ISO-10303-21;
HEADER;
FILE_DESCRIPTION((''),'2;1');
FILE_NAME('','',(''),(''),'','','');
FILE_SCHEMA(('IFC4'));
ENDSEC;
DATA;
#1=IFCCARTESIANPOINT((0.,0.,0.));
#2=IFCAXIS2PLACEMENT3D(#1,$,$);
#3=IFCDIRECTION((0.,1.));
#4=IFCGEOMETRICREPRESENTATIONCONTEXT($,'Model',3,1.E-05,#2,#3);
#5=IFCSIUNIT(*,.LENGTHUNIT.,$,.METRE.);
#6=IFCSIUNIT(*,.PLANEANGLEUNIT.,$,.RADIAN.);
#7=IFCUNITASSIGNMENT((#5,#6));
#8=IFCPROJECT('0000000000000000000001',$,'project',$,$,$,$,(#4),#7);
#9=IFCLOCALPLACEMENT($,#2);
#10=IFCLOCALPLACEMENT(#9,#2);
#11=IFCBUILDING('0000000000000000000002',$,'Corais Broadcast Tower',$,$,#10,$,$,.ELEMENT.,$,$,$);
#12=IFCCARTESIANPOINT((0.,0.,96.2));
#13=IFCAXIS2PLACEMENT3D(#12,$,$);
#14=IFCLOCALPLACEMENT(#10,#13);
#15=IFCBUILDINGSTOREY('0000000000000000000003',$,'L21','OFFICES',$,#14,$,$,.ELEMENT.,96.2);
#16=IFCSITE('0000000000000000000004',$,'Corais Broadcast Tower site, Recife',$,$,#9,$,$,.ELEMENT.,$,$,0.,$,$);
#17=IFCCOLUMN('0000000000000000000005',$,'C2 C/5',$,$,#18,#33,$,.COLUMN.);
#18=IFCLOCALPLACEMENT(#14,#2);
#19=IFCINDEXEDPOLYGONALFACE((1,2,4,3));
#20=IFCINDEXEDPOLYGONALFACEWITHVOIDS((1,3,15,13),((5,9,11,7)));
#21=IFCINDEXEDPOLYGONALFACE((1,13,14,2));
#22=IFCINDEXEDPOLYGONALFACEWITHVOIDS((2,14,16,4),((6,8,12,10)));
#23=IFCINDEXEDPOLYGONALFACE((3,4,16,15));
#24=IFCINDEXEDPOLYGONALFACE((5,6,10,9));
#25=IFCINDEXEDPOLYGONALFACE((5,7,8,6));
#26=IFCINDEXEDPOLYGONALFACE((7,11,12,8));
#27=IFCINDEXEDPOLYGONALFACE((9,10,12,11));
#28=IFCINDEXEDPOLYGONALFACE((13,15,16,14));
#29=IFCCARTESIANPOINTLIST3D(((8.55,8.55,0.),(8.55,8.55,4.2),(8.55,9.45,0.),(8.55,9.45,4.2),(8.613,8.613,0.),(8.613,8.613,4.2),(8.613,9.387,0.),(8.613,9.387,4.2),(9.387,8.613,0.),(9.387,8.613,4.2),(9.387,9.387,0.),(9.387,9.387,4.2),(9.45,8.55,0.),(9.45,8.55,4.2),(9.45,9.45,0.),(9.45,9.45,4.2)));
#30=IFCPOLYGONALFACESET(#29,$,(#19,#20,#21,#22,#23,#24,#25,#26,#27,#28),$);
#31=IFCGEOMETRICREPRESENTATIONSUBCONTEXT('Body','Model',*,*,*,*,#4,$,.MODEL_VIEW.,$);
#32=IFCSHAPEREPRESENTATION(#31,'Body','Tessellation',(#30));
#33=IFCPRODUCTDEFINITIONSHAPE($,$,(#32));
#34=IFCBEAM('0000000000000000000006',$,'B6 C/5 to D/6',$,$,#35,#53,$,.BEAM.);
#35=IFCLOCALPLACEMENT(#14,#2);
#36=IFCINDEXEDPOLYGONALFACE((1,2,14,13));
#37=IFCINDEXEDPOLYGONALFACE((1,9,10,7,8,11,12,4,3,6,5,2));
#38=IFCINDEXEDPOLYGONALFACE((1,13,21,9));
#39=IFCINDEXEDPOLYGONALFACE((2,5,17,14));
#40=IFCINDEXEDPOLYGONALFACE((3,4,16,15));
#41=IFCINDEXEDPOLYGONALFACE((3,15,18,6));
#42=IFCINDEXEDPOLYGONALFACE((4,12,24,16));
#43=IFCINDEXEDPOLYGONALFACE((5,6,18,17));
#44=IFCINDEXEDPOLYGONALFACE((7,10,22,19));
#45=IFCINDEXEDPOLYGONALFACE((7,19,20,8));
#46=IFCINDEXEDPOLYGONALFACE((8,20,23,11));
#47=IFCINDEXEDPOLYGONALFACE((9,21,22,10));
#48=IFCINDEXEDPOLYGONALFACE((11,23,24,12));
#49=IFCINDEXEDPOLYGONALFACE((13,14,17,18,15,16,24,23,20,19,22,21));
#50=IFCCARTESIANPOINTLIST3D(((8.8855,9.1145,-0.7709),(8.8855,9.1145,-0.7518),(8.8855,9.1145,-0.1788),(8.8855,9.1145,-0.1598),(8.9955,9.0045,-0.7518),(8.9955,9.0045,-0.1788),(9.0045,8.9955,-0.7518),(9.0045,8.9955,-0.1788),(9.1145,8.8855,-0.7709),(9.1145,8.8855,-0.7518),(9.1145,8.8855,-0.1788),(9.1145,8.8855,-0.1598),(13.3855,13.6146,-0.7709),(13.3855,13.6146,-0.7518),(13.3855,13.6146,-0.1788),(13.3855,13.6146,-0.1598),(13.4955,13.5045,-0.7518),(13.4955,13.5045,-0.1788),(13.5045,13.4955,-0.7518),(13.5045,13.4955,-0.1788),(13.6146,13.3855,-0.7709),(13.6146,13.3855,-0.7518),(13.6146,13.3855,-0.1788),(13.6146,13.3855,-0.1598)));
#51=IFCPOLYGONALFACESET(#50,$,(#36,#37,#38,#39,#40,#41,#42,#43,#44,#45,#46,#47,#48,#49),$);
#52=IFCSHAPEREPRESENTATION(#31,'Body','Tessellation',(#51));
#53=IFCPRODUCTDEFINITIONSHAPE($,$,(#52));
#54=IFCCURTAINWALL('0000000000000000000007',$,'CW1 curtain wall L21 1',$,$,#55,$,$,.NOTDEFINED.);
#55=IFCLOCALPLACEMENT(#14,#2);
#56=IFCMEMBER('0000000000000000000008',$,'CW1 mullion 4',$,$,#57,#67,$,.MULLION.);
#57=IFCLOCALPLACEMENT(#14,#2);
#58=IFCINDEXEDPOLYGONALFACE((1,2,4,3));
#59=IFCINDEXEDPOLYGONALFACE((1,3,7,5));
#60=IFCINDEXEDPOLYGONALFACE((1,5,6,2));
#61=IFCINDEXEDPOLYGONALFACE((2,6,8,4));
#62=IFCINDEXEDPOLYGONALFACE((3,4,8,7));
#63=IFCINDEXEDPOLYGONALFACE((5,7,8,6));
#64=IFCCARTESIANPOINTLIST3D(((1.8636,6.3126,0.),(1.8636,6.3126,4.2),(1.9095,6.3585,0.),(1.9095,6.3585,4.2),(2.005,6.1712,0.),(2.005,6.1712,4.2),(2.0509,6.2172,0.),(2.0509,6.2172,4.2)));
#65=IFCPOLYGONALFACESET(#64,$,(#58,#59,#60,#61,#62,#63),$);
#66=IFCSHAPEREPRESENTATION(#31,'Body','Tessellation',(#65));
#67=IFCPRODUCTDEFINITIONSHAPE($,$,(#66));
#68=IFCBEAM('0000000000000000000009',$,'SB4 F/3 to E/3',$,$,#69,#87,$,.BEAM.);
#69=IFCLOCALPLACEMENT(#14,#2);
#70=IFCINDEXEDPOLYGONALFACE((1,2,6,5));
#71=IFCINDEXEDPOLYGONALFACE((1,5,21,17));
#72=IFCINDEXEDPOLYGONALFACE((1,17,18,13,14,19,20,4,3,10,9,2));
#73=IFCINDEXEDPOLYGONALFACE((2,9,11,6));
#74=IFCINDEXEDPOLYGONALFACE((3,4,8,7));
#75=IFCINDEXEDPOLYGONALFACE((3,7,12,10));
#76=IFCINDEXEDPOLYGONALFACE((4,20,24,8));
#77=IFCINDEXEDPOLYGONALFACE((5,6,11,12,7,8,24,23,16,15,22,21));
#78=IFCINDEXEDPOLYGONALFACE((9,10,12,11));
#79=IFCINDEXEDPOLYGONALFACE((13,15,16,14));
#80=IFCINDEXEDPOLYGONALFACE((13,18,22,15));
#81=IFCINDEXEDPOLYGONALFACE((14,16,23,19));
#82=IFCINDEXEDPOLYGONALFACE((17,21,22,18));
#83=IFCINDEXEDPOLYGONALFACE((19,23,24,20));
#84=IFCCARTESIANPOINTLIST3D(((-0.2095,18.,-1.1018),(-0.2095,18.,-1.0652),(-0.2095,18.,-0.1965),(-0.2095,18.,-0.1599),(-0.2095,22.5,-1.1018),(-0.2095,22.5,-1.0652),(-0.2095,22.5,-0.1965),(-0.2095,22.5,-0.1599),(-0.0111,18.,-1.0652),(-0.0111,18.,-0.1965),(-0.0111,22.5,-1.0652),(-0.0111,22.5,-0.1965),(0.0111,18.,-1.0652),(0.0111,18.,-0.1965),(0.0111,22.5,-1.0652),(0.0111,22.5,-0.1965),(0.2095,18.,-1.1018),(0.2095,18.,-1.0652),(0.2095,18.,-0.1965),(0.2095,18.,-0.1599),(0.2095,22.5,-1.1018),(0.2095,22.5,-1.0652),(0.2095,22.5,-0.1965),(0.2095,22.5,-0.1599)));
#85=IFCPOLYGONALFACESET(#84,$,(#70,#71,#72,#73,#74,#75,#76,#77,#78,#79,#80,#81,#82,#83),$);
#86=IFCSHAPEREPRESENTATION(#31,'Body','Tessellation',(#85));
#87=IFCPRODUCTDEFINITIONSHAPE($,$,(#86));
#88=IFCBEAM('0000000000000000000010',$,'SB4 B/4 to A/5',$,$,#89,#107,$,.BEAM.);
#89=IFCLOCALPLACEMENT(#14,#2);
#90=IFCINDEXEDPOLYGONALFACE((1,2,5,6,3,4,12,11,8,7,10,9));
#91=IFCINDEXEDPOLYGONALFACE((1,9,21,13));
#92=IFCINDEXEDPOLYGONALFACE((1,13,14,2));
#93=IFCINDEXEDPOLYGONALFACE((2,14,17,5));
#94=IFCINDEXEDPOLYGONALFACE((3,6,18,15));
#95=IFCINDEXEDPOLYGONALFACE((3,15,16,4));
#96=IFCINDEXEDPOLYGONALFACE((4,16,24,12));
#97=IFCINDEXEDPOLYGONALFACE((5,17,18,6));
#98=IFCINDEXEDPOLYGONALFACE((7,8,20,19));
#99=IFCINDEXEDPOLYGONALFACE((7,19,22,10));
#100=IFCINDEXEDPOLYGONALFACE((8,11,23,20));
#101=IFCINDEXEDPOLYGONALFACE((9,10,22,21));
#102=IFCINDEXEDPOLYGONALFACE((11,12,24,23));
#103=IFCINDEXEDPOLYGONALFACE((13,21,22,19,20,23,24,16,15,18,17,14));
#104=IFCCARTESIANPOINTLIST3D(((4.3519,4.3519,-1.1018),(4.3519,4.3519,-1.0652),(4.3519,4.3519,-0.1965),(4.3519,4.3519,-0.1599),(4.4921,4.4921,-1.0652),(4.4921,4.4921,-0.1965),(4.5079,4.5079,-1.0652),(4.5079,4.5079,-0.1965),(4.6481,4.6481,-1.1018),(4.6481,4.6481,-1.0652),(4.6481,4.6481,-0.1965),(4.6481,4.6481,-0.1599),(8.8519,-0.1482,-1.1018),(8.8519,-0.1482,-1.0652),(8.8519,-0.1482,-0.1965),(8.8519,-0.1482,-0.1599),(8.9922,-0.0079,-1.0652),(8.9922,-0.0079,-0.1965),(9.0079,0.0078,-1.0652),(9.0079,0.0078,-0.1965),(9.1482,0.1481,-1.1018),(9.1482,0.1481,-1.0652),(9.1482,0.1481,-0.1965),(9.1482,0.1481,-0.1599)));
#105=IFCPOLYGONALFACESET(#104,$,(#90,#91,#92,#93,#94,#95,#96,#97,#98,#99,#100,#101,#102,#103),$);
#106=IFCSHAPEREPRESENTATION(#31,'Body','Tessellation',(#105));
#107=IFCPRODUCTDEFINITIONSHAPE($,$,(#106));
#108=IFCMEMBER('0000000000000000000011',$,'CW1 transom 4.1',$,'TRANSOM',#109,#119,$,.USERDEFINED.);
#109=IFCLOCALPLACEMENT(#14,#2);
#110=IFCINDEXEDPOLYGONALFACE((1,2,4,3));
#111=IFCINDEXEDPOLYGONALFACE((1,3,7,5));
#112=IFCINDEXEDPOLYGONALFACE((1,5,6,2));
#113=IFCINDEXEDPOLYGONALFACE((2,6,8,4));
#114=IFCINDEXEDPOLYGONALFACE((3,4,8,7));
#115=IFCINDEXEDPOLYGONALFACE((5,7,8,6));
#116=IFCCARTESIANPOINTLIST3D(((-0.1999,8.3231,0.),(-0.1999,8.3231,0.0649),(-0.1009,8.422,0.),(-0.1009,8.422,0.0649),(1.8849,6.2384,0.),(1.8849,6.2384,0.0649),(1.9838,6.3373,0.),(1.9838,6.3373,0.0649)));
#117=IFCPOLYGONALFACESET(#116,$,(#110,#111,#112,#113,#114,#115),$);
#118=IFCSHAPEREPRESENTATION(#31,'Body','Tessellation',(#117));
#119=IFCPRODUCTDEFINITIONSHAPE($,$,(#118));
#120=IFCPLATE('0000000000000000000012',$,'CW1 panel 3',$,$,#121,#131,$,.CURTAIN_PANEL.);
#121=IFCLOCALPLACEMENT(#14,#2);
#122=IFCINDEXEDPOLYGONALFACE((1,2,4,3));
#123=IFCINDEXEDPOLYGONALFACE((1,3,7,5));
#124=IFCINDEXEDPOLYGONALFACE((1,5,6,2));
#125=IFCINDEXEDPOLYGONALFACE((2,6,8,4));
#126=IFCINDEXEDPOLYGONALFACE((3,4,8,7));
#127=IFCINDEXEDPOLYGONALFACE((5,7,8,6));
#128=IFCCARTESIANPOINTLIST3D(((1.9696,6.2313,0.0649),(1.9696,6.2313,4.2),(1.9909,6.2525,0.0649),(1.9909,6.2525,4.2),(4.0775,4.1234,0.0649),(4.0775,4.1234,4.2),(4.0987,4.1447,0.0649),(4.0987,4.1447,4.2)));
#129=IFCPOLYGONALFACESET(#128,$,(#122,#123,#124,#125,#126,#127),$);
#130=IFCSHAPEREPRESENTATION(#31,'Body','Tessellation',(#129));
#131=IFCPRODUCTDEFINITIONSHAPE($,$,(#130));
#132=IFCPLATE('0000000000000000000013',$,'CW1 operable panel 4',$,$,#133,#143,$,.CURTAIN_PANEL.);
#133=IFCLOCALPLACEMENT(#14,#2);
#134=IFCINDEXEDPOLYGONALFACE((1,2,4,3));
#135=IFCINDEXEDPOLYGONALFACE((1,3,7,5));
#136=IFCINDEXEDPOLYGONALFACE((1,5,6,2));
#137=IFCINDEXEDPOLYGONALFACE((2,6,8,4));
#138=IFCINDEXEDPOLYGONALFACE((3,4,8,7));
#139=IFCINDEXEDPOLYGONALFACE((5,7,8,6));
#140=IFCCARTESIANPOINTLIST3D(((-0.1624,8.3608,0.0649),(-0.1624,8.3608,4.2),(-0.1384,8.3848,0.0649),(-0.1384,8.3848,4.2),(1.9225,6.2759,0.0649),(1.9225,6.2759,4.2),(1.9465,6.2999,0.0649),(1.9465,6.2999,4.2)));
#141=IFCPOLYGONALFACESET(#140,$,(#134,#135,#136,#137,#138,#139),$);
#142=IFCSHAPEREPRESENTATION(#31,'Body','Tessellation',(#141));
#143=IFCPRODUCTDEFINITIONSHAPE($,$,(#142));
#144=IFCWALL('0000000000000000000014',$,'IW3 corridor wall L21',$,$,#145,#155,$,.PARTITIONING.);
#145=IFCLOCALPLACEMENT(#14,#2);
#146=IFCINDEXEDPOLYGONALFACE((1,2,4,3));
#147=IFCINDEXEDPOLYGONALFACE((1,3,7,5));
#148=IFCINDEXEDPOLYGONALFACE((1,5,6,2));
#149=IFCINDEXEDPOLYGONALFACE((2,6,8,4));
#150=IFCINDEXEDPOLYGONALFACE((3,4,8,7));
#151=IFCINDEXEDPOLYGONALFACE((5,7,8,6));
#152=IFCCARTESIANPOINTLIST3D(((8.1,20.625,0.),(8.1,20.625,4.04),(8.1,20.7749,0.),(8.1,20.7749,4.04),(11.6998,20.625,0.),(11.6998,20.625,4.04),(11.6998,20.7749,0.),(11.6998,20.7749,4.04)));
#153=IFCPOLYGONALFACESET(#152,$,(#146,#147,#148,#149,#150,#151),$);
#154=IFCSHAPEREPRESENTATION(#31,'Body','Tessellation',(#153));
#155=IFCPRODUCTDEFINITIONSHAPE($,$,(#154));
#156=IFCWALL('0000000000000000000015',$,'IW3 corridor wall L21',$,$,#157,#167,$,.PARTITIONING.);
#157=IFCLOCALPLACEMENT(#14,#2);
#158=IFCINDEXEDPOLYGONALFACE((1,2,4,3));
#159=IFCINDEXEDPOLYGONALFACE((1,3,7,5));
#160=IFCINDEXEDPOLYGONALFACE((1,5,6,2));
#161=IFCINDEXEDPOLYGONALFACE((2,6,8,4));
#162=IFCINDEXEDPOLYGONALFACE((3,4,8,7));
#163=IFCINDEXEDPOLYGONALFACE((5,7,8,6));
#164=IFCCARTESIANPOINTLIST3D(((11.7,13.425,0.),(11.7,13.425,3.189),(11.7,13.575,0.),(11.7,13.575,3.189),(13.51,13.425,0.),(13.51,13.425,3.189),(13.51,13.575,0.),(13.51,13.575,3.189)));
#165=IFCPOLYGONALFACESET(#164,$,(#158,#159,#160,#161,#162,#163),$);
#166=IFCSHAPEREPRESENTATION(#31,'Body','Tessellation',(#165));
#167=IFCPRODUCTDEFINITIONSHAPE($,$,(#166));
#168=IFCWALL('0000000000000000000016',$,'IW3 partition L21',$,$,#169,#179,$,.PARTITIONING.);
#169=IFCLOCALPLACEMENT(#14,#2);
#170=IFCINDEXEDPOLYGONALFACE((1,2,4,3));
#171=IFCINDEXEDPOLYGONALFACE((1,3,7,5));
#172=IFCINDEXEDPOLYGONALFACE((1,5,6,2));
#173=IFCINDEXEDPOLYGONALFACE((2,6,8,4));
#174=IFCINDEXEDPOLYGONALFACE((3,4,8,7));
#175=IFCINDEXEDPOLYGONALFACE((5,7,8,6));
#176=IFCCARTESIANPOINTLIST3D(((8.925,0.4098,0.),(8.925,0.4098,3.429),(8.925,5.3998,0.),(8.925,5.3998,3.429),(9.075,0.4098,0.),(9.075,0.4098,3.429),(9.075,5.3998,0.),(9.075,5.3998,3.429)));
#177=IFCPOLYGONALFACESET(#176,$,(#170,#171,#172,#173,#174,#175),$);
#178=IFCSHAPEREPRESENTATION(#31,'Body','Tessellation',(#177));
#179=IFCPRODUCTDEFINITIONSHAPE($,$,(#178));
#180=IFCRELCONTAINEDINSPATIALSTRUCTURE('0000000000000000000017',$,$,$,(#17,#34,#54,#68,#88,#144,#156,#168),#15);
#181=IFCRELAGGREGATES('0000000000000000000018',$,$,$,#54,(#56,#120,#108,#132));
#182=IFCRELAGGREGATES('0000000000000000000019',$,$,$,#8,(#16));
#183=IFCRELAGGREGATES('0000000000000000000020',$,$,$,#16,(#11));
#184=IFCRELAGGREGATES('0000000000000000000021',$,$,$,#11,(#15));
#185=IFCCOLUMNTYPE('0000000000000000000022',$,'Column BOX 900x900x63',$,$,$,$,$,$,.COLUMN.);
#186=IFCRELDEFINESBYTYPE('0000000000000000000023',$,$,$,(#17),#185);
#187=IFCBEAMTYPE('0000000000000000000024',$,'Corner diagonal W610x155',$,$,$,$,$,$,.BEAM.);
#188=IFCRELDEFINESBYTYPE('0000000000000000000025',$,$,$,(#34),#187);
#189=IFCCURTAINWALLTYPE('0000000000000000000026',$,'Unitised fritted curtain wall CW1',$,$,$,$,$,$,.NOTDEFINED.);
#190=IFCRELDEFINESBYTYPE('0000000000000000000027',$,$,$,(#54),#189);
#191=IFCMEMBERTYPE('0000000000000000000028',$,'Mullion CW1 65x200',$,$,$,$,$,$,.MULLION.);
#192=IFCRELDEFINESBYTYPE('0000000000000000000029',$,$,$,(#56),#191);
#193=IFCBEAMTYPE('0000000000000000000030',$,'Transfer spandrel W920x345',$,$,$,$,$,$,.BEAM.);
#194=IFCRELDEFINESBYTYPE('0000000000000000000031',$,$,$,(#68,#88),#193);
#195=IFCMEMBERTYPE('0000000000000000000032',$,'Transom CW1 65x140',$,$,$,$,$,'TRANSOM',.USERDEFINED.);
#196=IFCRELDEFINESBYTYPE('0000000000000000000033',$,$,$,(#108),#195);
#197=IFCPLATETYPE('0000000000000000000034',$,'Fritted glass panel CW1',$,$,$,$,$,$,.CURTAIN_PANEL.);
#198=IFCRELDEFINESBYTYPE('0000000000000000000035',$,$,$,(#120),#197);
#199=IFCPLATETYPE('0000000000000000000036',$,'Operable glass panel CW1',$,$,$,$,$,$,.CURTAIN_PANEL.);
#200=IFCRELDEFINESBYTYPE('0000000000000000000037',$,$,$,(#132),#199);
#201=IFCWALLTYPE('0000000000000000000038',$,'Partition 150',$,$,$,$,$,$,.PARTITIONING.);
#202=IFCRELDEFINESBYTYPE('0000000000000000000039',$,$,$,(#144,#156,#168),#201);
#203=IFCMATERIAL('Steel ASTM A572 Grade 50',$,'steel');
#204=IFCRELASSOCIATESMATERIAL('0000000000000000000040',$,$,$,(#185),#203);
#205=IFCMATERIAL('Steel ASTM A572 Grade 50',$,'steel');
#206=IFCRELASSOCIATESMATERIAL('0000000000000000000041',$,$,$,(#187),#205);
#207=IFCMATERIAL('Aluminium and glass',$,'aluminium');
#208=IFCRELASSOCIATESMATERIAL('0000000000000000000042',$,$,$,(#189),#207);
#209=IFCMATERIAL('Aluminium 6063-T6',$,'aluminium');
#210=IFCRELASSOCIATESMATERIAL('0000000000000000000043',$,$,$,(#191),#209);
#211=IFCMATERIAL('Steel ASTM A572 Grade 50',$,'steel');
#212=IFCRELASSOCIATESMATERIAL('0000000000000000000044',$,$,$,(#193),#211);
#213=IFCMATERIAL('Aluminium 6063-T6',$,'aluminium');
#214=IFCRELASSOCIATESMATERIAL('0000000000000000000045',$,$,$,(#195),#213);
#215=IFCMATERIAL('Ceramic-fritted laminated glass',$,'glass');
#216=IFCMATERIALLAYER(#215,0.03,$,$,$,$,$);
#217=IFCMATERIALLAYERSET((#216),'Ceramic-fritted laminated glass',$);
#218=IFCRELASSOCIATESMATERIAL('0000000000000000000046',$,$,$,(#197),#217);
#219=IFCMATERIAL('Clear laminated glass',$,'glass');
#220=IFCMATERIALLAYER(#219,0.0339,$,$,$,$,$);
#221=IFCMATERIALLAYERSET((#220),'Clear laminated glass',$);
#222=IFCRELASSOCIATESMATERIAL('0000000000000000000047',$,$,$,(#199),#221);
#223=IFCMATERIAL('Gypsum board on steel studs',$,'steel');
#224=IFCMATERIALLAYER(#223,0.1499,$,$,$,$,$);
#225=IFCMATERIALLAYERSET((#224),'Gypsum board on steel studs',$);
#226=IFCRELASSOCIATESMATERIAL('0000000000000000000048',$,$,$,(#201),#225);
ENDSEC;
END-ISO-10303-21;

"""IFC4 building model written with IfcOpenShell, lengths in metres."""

from ifc_helpers import new_model, si_unit, direction, frame, frame_2d, origin, origin_2d, place, context, subcontext, project, spatial, rectangle, hollow_rectangle, i_section, extrude, material, layer, layer_set, material_profile, profile_set, type_object, element, aggregate, save


model = new_model("IFC4")

# Units and contexts
model_context = context("Model", 3, precision=1e-05, world=origin(), true_north=direction((0.0, 1.0)))
body_context = subcontext(model_context, "Body", "Model", "MODEL_VIEW")
ifc_project = project(units=[si_unit("LENGTHUNIT", "METRE"), si_unit("PLANEANGLEUNIT", "RADIAN")], contexts=[model_context])

# Site, building, storey
site_placement = place(None, origin())
site = spatial("IfcSite", under=ifc_project, at=site_placement, Name="Corais Broadcast Tower site, Recife", CompositionType="ELEMENT", RefElevation=0.0)
building_placement = place(site_placement, origin())
building = spatial("IfcBuilding", under=site, at=building_placement, Name="Corais Broadcast Tower", CompositionType="ELEMENT")
storey_placement = place(building_placement, frame((0.0, 0.0, 96.2)))
storey = spatial("IfcBuildingStorey", under=building, at=storey_placement, Name="L21", Description="OFFICES", CompositionType="ELEMENT", Elevation=96.2)

# Column
ifc_material_1 = material(Name="Steel ASTM A572 Grade 50", Category="steel")
ifc_material_profile_1 = material_profile(ifc_material_1, hollow_rectangle(XDim=0.8999, YDim=0.8999, WallThickness=0.063, at=origin_2d()), Name="BOX 900x900x63")
ifc_profile_set_1 = profile_set([ifc_material_profile_1], Name="Steel ASTM A572 Grade 50")
column_type = type_object("IfcColumnType", Name="Column BOX 900x900x63", PredefinedType="COLUMN", material=ifc_profile_set_1)
column_placement = place(storey_placement, frame((9.0, 9.0, 0.0), z_axis=(0.0, 0.0, 1.0), x_axis=(1.0, 0.0, 0.0)))
element("IfcColumn", 1, at=column_placement, inside=storey, type_object=column_type, Name="C2 C/5", PredefinedType="COLUMN", context=body_context, shape_type="SweptSolid", body=[
    extrude(hollow_rectangle(XDim=0.8999, YDim=0.8999, WallThickness=0.063, at=origin_2d()), origin(), (0.0, 0.0, 1.0), 4.2),
])

# Beam
ifc_material_2 = material(Name="Steel ASTM A572 Grade 50", Category="steel")
ifc_material_profile_2 = material_profile(ifc_material_2, i_section(OverallWidth=0.324, OverallDepth=0.6111, WebThickness=0.0127, FlangeThickness=0.019, at=origin_2d()), Name="W610x155")
ifc_profile_set_2 = profile_set([ifc_material_profile_2], Name="Steel ASTM A572 Grade 50")
beam_type_1 = type_object("IfcBeamType", Name="Corner diagonal W610x155", PredefinedType="BEAM", material=ifc_profile_set_2)
beam_1_placement = place(storey_placement, frame((9.0, 9.0, -0.4653), z_axis=(0.707107, 0.707107, 0.0), x_axis=(-0.707107, 0.707107, 0.0)))
element("IfcBeam", 2, at=beam_1_placement, inside=storey, type_object=beam_type_1, Name="B6 C/5 to D/6", PredefinedType="BEAM", context=body_context, shape_type="SweptSolid", body=[
    extrude(i_section(OverallWidth=0.324, OverallDepth=0.6111, WebThickness=0.0127, FlangeThickness=0.019, at=origin_2d()), origin(), (0.0, 0.0, 1.0), 6.364),
])

# Curtain wall, member
ifc_material_3 = material(Name="Aluminium and glass", Category="aluminium")
curtain_wall_type = type_object("IfcCurtainWallType", Name="Unitised fritted curtain wall CW1", PredefinedType="NOTDEFINED", material=ifc_material_3)
curtain_wall_placement = place(storey_placement, origin())
curtain_wall = element("IfcCurtainWall", 3, at=curtain_wall_placement, inside=storey, type_object=curtain_wall_type, Name="CW1 curtain wall L21 1", PredefinedType="NOTDEFINED")
ifc_material_4 = material(Name="Aluminium 6063-T6", Category="aluminium")
ifc_material_profile_3 = material_profile(ifc_material_4, rectangle(XDim=0.0649, YDim=0.2, at=origin_2d()), Name="Mullion CW1 65x200")
ifc_profile_set_3 = profile_set([ifc_material_profile_3], Name="Aluminium 6063-T6")
member_type_1 = type_object("IfcMemberType", Name="Mullion CW1 65x200", PredefinedType="MULLION", material=ifc_profile_set_3)
member_1_placement = place(storey_placement, frame((1.9573, 6.2649, 0.0), z_axis=(0.0, 0.0, 1.0), x_axis=(-0.707107, -0.707107, 0.0)))
member_1 = element("IfcMember", 4, at=member_1_placement, type_object=member_type_1, Name="CW1 mullion 4", PredefinedType="MULLION", context=body_context, shape_type="SweptSolid", body=[
    extrude(rectangle(XDim=0.0649, YDim=0.2, at=origin_2d()), origin(), (0.0, 0.0, 1.0), 4.2),
])

# Beams
ifc_material_5 = material(Name="Steel ASTM A572 Grade 50", Category="steel")
ifc_material_profile_4 = material_profile(ifc_material_5, i_section(OverallWidth=0.4189, OverallDepth=0.9419, WebThickness=0.0222, FlangeThickness=0.0366, at=origin_2d()), Name="W920x345")
ifc_profile_set_4 = profile_set([ifc_material_profile_4], Name="Steel ASTM A572 Grade 50")
beam_type_2 = type_object("IfcBeamType", Name="Transfer spandrel W920x345", PredefinedType="BEAM", material=ifc_profile_set_4)
beam_2_placement = place(storey_placement, frame((0.0, 22.5, -0.6309), z_axis=(0.0, -1.0, 0.0), x_axis=(1.0, 0.0, 0.0)))
element("IfcBeam", 5, at=beam_2_placement, inside=storey, type_object=beam_type_2, Name="SB4 F/3 to E/3", PredefinedType="BEAM", context=body_context, shape_type="SweptSolid", body=[
    extrude(i_section(OverallWidth=0.4189, OverallDepth=0.9419, WebThickness=0.0222, FlangeThickness=0.0366, at=origin_2d()), origin(), (0.0, 0.0, 1.0), 4.5),
])
beam_3_placement = place(storey_placement, frame((4.5, 4.5, -0.6309), z_axis=(0.707107, -0.707107, 0.0), x_axis=(0.707107, 0.707107, 0.0)))
element("IfcBeam", 6, at=beam_3_placement, inside=storey, type_object=beam_type_2, Name="SB4 B/4 to A/5", PredefinedType="BEAM", context=body_context, shape_type="SweptSolid", body=[
    extrude(i_section(OverallWidth=0.4189, OverallDepth=0.9419, WebThickness=0.0222, FlangeThickness=0.0366, at=origin_2d()), origin(), (0.0, 0.0, 1.0), 6.364),
])

# Member
ifc_material_6 = material(Name="Aluminium 6063-T6", Category="aluminium")
ifc_material_profile_5 = material_profile(ifc_material_6, rectangle(XDim=0.1399, YDim=0.0649, at=origin_2d()), Name="Transom CW1 65x140")
ifc_profile_set_5 = profile_set([ifc_material_profile_5], Name="Aluminium 6063-T6")
member_type_2 = type_object("IfcMemberType", Name="Transom CW1 65x140", ElementType="TRANSOM", PredefinedType="USERDEFINED", material=ifc_profile_set_5)
member_2_placement = place(storey_placement, frame((1.9343, 6.2878, 0.0325), z_axis=(-0.707107, 0.707107, 0.0), x_axis=(-0.707107, -0.707107, 0.0)))
member_2 = element("IfcMember", 7, at=member_2_placement, type_object=member_type_2, Name="CW1 transom 4.1", ObjectType="TRANSOM", PredefinedType="USERDEFINED", context=body_context, shape_type="SweptSolid", body=[
    extrude(rectangle(XDim=0.1399, YDim=0.0649, at=origin_2d()), origin(), (0.0, 0.0, 1.0), 2.9482),
])

# Plates
ifc_material_7 = material(Name="Ceramic-fritted laminated glass", Category="glass")
ifc_layer_1 = layer(ifc_material_7, 0.03)
ifc_layer_set_1 = layer_set([ifc_layer_1], Name="Ceramic-fritted laminated glass")
plate_type_1 = type_object("IfcPlateType", Name="Fritted glass panel CW1", PredefinedType="CURTAIN_PANEL", material=ifc_layer_set_1)
plate_1_placement = place(storey_placement, frame((3.0342, 5.188, 0.0649), z_axis=(0.0, 0.0, 1.0), x_axis=(-0.707107, 0.707107, 0.0)))
plate_1 = element("IfcPlate", 8, at=plate_1_placement, type_object=plate_type_1, Name="CW1 panel 3", PredefinedType="CURTAIN_PANEL", context=body_context, shape_type="SweptSolid", body=[
    extrude(rectangle(XDim=2.981, YDim=0.03, at=origin_2d()), origin(), (0.0, 0.0, 1.0), 4.135),
])
ifc_material_8 = material(Name="Clear laminated glass", Category="glass")
ifc_layer_2 = layer(ifc_material_8, 0.0339)
ifc_layer_set_2 = layer_set([ifc_layer_2], Name="Clear laminated glass")
plate_type_2 = type_object("IfcPlateType", Name="Operable glass panel CW1", PredefinedType="CURTAIN_PANEL", material=ifc_layer_set_2)
plate_2_placement = place(storey_placement, frame((0.8921, 7.3303, 0.0649), z_axis=(0.0, 0.0, 1.0), x_axis=(-0.707107, 0.707107, 0.0)))
plate_2 = element("IfcPlate", 9, at=plate_2_placement, type_object=plate_type_2, Name="CW1 operable panel 4", PredefinedType="CURTAIN_PANEL", context=body_context, shape_type="SweptSolid", body=[
    extrude(rectangle(XDim=2.9485, YDim=0.0339, at=origin_2d()), origin(), (0.0, 0.0, 1.0), 4.135),
])
aggregate(curtain_wall, [member_1, plate_1, member_2, plate_2])

# Walls
ifc_material_9 = material(Name="Gypsum board on steel studs", Category="steel")
ifc_layer_3 = layer(ifc_material_9, 0.1499)
ifc_layer_set_3 = layer_set([ifc_layer_3], Name="Gypsum board on steel studs")
wall_type = type_object("IfcWallType", Name="Partition 150", PredefinedType="PARTITIONING", material=ifc_layer_set_3)
wall_1_placement = place(storey_placement, frame((8.1001, 20.7, 0.0), z_axis=(0.0, 0.0, 1.0), x_axis=(1.0, 0.0, 0.0)))
element("IfcWall", 10, at=wall_1_placement, inside=storey, type_object=wall_type, Name="IW3 corridor wall L21", PredefinedType="PARTITIONING", context=body_context, shape_type="SweptSolid", body=[
    extrude(rectangle(XDim=3.5999, YDim=0.1499, at=frame_2d((1.7998, 0.0))), origin(), (0.0, 0.0, 1.0), 4.04),
])
wall_2_placement = place(storey_placement, frame((11.7, 13.5, 0.0), z_axis=(0.0, 0.0, 1.0), x_axis=(1.0, 0.0, 0.0)))
element("IfcWall", 11, at=wall_2_placement, inside=storey, type_object=wall_type, Name="IW3 corridor wall L21", PredefinedType="PARTITIONING", context=body_context, shape_type="SweptSolid", body=[
    extrude(rectangle(XDim=1.8101, YDim=0.1499, at=frame_2d((0.905, 0.0))), origin(), (0.0, 0.0, 1.0), 3.189),
])
wall_3_placement = place(storey_placement, frame((9.0, 5.3999, 0.0), z_axis=(0.0, 0.0, 1.0), x_axis=(0.0, -1.0, 0.0)))
element("IfcWall", 12, at=wall_3_placement, inside=storey, type_object=wall_type, Name="IW3 partition L21", PredefinedType="PARTITIONING", context=body_context, shape_type="SweptSolid", body=[
    extrude(rectangle(XDim=4.99, YDim=0.1499, at=frame_2d((2.4951, 0.0))), origin(), (0.0, 0.0, 1.0), 3.429),
])

save(model, "model.ifc")
